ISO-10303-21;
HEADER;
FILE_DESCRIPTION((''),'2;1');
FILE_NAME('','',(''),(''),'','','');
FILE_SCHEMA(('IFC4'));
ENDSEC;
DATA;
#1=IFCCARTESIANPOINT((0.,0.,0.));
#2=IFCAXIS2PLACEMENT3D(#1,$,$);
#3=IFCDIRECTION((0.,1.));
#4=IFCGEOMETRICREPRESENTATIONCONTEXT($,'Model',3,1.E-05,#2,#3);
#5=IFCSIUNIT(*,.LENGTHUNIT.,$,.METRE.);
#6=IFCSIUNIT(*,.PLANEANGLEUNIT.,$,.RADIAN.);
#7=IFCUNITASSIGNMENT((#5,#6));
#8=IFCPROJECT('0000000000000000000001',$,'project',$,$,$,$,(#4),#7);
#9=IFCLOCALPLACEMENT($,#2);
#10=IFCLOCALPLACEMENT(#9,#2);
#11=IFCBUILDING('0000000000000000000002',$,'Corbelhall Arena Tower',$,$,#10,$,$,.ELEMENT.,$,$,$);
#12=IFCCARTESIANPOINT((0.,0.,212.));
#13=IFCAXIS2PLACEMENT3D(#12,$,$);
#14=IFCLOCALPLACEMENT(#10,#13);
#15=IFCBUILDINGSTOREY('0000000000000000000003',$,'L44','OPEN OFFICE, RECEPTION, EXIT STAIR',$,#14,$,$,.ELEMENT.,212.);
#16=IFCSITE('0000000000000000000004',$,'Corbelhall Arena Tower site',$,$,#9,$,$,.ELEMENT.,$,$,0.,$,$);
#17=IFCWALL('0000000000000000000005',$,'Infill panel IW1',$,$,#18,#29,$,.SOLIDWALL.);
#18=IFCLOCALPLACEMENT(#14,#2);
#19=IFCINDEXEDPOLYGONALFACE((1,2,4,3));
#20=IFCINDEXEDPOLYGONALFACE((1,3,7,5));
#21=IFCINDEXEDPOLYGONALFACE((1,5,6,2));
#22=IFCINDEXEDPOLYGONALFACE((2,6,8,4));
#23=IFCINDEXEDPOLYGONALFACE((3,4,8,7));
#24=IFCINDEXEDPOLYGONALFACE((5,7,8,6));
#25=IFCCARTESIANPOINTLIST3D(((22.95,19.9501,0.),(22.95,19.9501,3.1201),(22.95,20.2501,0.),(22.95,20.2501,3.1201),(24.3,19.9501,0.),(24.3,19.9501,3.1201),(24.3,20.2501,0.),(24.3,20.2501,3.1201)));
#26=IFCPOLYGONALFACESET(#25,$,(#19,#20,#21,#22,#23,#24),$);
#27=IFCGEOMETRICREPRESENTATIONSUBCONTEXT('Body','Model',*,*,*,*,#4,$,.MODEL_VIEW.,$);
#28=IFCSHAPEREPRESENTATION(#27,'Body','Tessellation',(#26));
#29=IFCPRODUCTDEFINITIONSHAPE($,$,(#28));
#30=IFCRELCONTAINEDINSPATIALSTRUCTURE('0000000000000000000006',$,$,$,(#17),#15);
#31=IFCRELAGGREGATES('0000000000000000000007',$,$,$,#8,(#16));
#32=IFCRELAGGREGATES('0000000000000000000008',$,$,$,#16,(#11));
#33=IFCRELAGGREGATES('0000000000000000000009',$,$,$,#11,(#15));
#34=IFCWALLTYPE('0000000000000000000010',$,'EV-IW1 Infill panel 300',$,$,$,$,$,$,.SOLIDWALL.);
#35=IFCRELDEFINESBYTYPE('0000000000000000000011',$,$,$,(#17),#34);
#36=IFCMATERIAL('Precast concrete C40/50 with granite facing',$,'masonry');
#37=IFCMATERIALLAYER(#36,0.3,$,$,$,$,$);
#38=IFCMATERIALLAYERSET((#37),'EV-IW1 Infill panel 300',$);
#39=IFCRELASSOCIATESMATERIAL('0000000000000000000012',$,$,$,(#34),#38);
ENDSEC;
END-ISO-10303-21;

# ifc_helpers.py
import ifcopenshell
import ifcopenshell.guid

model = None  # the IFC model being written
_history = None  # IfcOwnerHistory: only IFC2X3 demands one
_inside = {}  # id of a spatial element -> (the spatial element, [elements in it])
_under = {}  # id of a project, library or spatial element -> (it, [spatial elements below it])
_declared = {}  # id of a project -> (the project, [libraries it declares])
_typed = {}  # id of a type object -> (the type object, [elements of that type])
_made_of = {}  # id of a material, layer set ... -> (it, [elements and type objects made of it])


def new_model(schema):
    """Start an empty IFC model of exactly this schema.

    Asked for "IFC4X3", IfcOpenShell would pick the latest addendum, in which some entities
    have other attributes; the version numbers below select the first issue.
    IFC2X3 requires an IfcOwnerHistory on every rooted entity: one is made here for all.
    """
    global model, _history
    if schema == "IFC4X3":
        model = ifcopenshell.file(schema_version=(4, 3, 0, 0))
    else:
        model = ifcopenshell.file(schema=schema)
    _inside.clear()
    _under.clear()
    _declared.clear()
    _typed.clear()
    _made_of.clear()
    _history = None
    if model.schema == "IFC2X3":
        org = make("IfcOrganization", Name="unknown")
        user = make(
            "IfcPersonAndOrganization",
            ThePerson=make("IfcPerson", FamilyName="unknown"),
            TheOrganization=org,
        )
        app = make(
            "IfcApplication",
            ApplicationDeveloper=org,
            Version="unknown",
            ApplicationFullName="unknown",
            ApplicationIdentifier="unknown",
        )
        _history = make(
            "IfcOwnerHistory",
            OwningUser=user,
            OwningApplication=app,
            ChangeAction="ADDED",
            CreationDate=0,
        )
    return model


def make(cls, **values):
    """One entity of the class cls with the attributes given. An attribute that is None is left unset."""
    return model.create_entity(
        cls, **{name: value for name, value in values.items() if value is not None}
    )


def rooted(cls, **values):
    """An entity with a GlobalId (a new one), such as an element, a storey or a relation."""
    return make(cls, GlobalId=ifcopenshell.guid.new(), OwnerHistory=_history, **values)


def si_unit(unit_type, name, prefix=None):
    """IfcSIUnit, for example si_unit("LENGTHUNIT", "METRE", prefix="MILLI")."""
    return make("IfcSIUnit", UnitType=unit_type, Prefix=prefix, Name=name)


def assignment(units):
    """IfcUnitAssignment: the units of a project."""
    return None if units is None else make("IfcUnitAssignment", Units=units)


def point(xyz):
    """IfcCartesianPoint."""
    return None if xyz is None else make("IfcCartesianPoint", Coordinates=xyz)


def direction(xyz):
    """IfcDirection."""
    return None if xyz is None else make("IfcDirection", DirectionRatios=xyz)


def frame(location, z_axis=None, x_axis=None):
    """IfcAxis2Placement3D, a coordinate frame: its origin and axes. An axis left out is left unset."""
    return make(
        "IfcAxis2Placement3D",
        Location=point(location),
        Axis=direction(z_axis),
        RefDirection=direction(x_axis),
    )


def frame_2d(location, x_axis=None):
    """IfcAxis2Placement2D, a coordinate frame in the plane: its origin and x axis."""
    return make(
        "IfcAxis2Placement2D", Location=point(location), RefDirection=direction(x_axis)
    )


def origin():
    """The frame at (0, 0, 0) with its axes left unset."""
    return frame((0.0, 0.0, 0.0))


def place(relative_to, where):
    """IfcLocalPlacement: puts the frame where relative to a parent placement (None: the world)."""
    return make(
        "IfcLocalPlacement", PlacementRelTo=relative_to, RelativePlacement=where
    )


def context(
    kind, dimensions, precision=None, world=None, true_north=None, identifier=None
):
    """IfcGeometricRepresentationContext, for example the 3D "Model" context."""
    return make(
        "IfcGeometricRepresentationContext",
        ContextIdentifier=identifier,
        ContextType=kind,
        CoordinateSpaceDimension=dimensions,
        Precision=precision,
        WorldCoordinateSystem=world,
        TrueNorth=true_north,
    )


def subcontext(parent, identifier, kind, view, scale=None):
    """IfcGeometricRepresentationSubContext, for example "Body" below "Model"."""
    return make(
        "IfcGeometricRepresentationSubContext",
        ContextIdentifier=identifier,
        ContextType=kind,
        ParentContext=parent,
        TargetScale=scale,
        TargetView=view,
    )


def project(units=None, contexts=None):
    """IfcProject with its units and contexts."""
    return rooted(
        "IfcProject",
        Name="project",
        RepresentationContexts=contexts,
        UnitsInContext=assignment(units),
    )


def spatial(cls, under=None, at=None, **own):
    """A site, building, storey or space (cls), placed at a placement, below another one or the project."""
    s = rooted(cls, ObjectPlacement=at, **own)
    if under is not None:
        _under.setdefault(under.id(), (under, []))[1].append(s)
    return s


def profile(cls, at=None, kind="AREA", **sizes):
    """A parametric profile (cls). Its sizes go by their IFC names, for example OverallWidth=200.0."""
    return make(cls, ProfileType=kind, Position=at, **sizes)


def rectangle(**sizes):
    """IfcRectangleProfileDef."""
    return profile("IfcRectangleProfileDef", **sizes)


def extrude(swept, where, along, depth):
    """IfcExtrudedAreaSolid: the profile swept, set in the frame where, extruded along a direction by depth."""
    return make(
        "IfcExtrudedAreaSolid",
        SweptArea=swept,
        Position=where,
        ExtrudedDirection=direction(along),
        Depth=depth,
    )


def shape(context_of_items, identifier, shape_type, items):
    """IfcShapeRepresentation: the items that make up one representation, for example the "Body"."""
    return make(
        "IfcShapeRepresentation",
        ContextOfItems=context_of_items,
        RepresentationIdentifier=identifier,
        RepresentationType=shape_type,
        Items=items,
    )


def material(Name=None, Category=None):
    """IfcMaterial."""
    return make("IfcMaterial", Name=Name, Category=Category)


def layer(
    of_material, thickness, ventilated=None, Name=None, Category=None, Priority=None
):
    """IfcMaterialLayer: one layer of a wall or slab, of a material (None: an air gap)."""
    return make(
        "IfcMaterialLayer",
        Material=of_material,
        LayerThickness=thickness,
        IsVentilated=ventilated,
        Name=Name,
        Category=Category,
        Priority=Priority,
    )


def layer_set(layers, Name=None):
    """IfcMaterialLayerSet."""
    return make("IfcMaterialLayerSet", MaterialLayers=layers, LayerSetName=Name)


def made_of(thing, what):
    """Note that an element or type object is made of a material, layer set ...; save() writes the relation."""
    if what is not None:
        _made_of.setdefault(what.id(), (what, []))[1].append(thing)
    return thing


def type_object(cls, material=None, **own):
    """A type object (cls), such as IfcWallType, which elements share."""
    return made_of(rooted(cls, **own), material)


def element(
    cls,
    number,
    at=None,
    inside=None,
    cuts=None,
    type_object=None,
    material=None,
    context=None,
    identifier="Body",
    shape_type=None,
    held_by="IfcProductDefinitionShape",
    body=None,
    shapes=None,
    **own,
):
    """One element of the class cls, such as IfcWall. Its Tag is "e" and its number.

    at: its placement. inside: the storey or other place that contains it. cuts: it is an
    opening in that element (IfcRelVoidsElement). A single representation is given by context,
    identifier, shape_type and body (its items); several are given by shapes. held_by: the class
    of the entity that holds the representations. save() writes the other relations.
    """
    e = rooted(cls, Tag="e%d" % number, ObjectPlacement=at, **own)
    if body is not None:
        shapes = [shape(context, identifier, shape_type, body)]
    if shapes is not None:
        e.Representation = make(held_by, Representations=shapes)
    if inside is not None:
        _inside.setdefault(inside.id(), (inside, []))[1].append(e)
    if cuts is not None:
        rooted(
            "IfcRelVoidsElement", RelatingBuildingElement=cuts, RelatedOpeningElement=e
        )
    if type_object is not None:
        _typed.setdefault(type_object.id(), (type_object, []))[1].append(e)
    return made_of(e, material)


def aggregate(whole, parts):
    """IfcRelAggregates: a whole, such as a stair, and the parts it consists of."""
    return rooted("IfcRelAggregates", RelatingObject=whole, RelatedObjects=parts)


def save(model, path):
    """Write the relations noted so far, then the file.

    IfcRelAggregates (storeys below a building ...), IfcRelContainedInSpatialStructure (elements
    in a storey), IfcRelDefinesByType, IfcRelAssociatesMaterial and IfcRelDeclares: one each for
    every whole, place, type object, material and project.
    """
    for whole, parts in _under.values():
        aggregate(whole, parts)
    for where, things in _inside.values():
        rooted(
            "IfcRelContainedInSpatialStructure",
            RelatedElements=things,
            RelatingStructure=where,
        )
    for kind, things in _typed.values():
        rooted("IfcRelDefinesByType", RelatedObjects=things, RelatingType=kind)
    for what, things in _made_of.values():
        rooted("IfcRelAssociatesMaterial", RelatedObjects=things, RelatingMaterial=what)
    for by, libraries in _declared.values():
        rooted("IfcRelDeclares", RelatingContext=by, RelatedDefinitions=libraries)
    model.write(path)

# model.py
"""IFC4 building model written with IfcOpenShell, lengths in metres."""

from ifc_helpers import new_model, si_unit, direction, frame, frame_2d, origin, place, context, subcontext, project, spatial, rectangle, extrude, material, layer, layer_set, type_object, element, save


model = new_model("IFC4")

# Units and contexts
model_context = context("Model", 3, precision=1e-05, world=origin(), true_north=direction((0.0, 1.0)))
body_context = subcontext(model_context, "Body", "Model", "MODEL_VIEW")
ifc_project = project(units=[si_unit("LENGTHUNIT", "METRE"), si_unit("PLANEANGLEUNIT", "RADIAN")], contexts=[model_context])

# Site, building, storey
site_placement = place(None, origin())
site = spatial("IfcSite", under=ifc_project, at=site_placement, Name="Corbelhall Arena Tower site", CompositionType="ELEMENT", RefElevation=0.0)
building_placement = place(site_placement, origin())
building = spatial("IfcBuilding", under=site, at=building_placement, Name="Corbelhall Arena Tower", CompositionType="ELEMENT")
storey_placement = place(building_placement, frame((0.0, 0.0, 212.0)))
storey = spatial("IfcBuildingStorey", under=building, at=storey_placement, Name="L44", Description="OPEN OFFICE, RECEPTION, EXIT STAIR", CompositionType="ELEMENT", Elevation=212.0)

# Wall
ifc_material_1 = material(Name="Precast concrete C40/50 with granite facing", Category="masonry")
ifc_layer = layer(ifc_material_1, 0.3)
ifc_layer_set = layer_set([ifc_layer], Name="EV-IW1 Infill panel 300")
wall_type = type_object("IfcWallType", Name="EV-IW1 Infill panel 300", PredefinedType="SOLIDWALL", material=ifc_layer_set)
wall_1_placement = place(storey_placement, frame((24.3, 20.1001, 0.0), z_axis=(0.0, 0.0, 1.0), x_axis=(-1.0, 0.0, 0.0)))
element("IfcWall", 1, at=wall_1_placement, inside=storey, type_object=wall_type, Name="Infill panel IW1", PredefinedType="SOLIDWALL", context=body_context, shape_type="SweptSolid", body=[
    extrude(rectangle(XDim=1.3501, YDim=0.3, at=frame_2d((0.675, 0.0))), origin(), (0.0, 0.0, 1.0), 3.1201),
])

save(model, "model.ifc")
